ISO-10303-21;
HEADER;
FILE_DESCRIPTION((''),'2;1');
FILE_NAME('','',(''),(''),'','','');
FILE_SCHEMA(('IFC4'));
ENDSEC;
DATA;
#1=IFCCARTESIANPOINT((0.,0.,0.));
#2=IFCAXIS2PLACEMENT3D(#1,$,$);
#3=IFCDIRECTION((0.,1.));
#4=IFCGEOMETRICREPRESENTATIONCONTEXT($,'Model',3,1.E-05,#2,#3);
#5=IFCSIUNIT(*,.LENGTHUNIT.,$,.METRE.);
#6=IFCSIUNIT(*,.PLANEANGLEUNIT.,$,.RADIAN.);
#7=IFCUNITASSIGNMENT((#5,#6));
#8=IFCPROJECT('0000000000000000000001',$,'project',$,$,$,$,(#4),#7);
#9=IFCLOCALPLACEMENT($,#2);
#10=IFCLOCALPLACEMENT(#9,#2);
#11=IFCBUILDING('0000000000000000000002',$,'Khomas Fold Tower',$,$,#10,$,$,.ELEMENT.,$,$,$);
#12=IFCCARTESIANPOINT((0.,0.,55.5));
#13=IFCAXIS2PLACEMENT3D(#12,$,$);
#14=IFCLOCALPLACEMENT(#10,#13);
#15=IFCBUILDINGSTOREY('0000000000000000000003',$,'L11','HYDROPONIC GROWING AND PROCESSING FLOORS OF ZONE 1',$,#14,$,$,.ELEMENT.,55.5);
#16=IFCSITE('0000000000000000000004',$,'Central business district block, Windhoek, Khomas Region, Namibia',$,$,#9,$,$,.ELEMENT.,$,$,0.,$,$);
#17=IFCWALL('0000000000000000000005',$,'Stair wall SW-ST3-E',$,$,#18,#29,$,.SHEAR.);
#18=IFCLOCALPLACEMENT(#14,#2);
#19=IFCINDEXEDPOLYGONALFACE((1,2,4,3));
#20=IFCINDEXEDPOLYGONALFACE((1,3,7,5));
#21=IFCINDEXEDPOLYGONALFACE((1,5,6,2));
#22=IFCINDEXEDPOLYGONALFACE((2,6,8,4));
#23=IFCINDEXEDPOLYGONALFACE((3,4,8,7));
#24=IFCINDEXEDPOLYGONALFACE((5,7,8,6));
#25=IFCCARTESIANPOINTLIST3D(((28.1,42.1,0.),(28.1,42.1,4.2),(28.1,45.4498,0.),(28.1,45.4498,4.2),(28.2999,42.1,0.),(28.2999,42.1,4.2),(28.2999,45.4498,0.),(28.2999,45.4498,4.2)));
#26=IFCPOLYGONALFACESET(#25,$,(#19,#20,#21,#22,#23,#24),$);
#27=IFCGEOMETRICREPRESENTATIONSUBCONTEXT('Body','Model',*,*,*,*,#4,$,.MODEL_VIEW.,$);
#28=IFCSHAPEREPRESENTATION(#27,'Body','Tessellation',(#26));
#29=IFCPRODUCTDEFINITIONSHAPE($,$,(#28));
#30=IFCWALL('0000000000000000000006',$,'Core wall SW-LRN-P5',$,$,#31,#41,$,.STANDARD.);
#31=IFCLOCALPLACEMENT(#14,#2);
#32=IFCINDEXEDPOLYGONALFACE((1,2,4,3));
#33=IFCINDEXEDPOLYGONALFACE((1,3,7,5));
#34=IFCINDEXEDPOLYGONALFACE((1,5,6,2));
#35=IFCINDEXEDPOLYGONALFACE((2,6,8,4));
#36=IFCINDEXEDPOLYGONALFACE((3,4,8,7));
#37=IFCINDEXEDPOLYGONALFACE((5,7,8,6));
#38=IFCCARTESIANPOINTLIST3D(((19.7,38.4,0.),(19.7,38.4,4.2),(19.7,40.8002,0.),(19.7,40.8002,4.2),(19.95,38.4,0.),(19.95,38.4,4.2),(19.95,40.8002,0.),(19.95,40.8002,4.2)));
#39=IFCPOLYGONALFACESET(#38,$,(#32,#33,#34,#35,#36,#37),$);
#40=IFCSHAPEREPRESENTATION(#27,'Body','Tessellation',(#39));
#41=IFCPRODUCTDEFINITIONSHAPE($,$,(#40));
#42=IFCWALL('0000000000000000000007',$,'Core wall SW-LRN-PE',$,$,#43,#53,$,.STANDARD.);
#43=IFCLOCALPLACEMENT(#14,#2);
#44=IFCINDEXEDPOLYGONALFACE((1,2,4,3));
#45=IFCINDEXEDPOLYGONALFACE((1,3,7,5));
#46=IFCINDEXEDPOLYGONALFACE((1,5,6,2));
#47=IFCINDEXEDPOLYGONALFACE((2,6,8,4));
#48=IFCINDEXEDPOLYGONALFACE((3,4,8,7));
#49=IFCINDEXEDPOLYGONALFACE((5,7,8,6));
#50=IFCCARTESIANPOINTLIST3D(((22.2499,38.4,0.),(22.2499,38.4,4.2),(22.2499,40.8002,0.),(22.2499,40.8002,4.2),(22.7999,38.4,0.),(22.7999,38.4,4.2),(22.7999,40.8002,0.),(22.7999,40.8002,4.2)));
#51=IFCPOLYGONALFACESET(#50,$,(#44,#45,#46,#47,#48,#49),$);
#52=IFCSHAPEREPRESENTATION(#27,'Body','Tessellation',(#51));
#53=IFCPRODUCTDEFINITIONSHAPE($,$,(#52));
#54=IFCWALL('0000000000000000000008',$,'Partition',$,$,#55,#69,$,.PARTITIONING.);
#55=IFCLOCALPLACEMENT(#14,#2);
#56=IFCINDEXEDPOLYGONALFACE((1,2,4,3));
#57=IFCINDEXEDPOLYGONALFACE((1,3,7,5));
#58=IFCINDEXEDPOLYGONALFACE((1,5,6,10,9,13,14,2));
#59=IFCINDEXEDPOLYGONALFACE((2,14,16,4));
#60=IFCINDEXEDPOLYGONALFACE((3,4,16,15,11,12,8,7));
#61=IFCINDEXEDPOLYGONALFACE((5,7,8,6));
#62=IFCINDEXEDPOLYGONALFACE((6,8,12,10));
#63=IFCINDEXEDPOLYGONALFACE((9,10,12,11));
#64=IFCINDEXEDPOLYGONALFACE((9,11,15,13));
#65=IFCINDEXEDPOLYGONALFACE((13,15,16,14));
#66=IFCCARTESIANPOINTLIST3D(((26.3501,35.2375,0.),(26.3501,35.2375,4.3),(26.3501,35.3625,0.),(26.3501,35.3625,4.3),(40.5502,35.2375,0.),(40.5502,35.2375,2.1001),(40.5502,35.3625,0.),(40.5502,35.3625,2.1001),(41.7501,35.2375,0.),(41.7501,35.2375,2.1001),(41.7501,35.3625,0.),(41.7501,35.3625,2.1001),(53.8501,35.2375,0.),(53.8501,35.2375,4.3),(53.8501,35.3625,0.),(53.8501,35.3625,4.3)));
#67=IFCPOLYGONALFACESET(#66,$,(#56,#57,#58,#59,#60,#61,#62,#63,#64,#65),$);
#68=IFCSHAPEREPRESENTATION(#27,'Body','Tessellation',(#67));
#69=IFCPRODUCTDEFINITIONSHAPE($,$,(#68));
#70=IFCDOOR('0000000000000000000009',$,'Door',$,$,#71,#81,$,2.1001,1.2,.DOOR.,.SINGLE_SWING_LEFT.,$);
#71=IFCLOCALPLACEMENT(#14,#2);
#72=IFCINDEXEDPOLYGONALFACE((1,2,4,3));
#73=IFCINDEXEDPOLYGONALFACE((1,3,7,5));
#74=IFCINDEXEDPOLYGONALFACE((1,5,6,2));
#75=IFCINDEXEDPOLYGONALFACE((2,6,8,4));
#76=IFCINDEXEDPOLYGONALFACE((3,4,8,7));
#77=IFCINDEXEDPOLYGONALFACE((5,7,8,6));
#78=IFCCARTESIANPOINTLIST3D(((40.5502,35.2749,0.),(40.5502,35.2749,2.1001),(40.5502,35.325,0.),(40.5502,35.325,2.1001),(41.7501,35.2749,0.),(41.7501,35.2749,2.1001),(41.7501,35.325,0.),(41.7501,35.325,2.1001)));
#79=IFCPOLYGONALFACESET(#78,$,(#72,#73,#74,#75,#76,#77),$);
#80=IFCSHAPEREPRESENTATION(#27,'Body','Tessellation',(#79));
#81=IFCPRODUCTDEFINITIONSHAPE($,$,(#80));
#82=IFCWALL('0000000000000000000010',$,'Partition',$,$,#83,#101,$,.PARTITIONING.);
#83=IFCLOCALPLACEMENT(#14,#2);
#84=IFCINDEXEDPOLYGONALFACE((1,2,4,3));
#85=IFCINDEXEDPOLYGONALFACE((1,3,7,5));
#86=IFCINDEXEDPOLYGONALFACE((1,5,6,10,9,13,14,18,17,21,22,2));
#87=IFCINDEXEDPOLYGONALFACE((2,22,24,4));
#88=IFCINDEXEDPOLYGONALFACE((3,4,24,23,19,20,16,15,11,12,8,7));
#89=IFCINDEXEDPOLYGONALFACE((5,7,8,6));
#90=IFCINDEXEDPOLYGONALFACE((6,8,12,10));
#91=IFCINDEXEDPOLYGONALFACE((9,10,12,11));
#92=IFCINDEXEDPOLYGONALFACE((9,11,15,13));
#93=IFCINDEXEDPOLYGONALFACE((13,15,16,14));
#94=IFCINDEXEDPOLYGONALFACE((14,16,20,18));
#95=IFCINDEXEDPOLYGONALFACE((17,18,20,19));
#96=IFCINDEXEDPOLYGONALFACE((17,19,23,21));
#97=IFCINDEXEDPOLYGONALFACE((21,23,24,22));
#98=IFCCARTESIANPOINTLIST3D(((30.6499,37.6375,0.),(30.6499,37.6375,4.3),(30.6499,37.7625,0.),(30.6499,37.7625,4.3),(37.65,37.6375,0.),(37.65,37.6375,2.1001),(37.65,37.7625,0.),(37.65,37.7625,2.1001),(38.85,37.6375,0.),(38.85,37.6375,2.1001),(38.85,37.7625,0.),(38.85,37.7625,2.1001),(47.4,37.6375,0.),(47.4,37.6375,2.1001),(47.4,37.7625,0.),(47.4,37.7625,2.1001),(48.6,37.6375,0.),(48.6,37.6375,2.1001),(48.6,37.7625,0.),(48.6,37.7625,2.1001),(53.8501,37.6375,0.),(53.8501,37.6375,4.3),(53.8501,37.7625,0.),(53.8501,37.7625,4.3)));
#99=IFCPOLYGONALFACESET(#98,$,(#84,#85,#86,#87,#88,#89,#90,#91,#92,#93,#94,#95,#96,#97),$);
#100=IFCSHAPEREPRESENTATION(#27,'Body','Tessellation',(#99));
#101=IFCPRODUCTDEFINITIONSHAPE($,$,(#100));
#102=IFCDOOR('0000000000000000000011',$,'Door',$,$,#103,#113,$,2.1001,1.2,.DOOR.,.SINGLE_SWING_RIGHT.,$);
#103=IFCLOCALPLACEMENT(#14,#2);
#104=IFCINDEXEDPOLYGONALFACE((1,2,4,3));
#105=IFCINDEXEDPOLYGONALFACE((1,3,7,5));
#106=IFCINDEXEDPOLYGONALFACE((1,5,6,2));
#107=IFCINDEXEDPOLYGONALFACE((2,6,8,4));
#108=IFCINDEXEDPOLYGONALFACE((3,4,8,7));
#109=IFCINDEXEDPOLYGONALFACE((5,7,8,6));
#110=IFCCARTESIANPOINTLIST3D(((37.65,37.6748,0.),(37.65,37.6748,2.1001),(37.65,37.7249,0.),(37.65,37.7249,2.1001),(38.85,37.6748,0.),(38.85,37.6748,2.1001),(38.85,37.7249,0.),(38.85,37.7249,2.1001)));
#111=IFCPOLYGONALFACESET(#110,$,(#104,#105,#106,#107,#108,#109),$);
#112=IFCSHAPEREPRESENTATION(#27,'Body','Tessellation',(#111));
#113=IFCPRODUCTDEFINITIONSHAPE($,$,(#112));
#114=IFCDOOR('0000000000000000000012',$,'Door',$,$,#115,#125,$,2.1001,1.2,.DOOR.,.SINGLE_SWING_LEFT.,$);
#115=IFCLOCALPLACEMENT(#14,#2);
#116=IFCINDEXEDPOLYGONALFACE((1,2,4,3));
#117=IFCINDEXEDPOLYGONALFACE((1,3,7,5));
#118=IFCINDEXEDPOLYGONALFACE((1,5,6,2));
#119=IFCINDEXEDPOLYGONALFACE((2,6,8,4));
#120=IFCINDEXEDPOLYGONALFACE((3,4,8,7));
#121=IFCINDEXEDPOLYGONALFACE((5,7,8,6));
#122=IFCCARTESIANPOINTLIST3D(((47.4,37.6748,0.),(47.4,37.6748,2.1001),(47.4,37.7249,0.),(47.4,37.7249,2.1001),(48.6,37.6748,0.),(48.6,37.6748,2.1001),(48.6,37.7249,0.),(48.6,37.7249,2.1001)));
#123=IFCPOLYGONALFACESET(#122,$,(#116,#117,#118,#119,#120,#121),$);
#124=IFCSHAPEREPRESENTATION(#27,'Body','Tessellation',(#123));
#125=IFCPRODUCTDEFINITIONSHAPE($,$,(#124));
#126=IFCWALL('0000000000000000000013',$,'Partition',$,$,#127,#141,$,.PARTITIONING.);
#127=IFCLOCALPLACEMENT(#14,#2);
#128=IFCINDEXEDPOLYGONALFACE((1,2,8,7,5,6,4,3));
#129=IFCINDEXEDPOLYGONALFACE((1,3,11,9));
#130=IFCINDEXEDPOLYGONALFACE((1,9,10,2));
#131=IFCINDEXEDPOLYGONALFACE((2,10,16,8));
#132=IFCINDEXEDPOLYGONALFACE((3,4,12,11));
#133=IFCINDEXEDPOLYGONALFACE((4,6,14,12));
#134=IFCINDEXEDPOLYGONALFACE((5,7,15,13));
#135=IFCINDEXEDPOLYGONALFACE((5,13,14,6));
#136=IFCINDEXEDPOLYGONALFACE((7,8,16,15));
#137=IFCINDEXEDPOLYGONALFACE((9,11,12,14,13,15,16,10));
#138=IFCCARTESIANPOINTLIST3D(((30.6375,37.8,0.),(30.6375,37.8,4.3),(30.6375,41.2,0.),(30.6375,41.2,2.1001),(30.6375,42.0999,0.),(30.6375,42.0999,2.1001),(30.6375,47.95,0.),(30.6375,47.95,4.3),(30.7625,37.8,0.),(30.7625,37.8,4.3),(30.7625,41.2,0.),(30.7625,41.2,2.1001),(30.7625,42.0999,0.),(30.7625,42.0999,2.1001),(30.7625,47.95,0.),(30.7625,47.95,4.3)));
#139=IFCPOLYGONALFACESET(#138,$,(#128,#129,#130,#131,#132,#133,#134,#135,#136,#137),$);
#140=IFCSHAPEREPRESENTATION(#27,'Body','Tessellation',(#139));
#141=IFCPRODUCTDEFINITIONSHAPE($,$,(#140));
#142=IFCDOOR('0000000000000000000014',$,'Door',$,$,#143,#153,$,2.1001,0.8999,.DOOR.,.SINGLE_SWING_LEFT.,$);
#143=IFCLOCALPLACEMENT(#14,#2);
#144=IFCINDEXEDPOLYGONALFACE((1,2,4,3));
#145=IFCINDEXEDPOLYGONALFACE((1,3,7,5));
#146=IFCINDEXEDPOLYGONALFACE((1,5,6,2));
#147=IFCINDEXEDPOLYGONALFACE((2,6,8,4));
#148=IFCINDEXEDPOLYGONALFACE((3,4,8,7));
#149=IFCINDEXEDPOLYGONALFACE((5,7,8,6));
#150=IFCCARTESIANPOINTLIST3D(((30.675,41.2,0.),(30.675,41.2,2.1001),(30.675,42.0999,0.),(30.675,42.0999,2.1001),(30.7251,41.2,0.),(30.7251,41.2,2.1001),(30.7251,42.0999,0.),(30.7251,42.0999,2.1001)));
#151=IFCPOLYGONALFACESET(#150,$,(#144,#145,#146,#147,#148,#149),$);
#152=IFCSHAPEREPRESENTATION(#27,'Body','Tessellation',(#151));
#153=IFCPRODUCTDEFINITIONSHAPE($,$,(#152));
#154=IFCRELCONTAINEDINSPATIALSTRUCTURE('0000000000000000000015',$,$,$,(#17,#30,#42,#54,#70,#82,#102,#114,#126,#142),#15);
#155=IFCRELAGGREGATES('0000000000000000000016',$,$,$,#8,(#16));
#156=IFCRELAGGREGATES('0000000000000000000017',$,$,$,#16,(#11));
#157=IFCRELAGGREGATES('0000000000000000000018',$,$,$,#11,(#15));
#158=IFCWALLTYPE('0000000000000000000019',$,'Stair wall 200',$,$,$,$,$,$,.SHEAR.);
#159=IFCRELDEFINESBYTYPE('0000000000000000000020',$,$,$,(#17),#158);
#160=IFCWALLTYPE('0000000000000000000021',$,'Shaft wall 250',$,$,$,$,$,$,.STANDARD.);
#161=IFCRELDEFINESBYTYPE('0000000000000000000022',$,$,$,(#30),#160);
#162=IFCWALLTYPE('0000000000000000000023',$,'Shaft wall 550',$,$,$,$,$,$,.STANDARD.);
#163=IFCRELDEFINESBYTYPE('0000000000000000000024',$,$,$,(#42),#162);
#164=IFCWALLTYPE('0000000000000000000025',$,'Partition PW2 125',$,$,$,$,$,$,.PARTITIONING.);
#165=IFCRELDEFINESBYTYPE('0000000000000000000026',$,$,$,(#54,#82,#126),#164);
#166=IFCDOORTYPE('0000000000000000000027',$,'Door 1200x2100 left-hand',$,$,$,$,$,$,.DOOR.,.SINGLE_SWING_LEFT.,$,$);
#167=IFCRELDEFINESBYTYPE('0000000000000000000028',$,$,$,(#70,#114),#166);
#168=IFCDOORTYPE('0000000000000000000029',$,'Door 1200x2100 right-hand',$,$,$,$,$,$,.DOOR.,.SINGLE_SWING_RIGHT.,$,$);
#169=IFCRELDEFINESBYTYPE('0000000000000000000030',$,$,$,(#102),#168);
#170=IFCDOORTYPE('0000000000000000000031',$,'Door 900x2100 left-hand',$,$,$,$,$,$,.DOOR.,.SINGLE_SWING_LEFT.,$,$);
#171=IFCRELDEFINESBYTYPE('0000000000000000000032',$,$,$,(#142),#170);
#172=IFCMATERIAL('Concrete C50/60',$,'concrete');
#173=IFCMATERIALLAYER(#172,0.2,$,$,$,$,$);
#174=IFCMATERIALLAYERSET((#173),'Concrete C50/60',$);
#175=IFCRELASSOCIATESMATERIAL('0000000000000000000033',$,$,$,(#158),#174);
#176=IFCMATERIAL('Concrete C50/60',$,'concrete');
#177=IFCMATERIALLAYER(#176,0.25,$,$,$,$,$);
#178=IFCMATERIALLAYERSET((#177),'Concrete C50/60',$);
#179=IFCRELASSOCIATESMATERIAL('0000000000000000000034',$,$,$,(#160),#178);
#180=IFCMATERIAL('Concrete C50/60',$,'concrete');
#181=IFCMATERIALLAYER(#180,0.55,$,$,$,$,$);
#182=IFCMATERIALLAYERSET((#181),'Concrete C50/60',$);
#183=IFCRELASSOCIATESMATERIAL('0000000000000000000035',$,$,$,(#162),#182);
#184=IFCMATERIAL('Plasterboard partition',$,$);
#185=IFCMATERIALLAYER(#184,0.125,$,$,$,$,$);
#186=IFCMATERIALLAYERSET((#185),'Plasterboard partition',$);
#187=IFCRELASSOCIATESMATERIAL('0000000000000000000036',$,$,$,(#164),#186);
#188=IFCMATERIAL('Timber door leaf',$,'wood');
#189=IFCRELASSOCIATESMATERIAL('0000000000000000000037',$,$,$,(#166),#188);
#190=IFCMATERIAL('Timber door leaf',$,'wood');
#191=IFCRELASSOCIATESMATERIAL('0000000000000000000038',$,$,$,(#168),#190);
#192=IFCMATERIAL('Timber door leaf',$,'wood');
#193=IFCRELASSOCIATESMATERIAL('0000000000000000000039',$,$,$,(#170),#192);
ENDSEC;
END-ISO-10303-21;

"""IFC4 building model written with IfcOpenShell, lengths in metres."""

from ifc_helpers import new_model, si_unit, direction, frame, frame_2d, origin, place, context, subcontext, project, spatial, rectangle, extrude, source, transform, mapped, material, layer, layer_set, type_object, element, fill, save


model = new_model("IFC4")

# Units and contexts
model_context = context("Model", 3, precision=1e-05, world=origin(), true_north=direction((0.0, 1.0)))
body_context = subcontext(model_context, "Body", "Model", "MODEL_VIEW")
ifc_project = project(units=[si_unit("LENGTHUNIT", "METRE"), si_unit("PLANEANGLEUNIT", "RADIAN")], contexts=[model_context])

# Site, building, storey
site_placement = place(None, origin())
site = spatial("IfcSite", under=ifc_project, at=site_placement, Name="Central business district block, Windhoek, Khomas Region, Namibia", CompositionType="ELEMENT", RefElevation=0.0)
building_placement = place(site_placement, origin())
building = spatial("IfcBuilding", under=site, at=building_placement, Name="Khomas Fold Tower", CompositionType="ELEMENT")
storey_placement = place(building_placement, frame((0.0, 0.0, 55.5)))
storey = spatial("IfcBuildingStorey", under=building, at=storey_placement, Name="L11", Description="HYDROPONIC GROWING AND PROCESSING FLOORS OF ZONE 1", CompositionType="ELEMENT", Elevation=55.5)

# Shared definitions
ifc_material_1 = material(Name="Concrete C50/60", Category="concrete")
ifc_layer_1 = layer(ifc_material_1, 0.2)
ifc_layer_set_1 = layer_set([ifc_layer_1], Name="Concrete C50/60")
wall_type_1 = type_object("IfcWallType", Name="Stair wall 200", PredefinedType="SHEAR", material=ifc_layer_set_1)
shared_shape_1 = source(origin(), body_context, "Body", "SweptSolid", [
    extrude(rectangle(XDim=1.2, YDim=2.1001, at=frame_2d((0.6001, 1.05))), frame((0.0, 0.0249, 0.0), z_axis=(0.0, -1.0, 0.0), x_axis=(1.0, 0.0, 0.0)), (0.0, 0.0, 1.0), 0.05),
])

# Walls
shared_shape_2 = source(origin(), body_context, "Body", "SweptSolid", [
    extrude(rectangle(XDim=3.3499, YDim=0.2, at=frame_2d((1.6748, 0.0))), origin(), (0.0, 0.0, 1.0), 4.2),
])
wall_1_placement = place(storey_placement, frame((28.2, 42.1001, 0.0), z_axis=(0.0, 0.0, 1.0), x_axis=(0.0, 1.0, 0.0)))
element("IfcWall", 1, at=wall_1_placement, inside=storey, type_object=wall_type_1, Name="Stair wall SW-ST3-E", PredefinedType="SHEAR", context=body_context, shape_type="MappedRepresentation", body=[
    mapped(shared_shape_2, transform((0.0, 0.0, 0.0))),
])
ifc_material_2 = material(Name="Concrete C50/60", Category="concrete")
ifc_layer_2 = layer(ifc_material_2, 0.25)
ifc_layer_set_2 = layer_set([ifc_layer_2], Name="Concrete C50/60")
wall_type_2 = type_object("IfcWallType", Name="Shaft wall 250", PredefinedType="STANDARD", material=ifc_layer_set_2)
shared_shape_3 = source(origin(), body_context, "Body", "SweptSolid", [
    extrude(rectangle(XDim=2.4001, YDim=0.25, at=frame_2d((1.2002, 0.0))), origin(), (0.0, 0.0, 1.0), 4.2),
])
wall_2_placement = place(storey_placement, frame((19.825, 38.3999, 0.0), z_axis=(0.0, 0.0, 1.0), x_axis=(0.0, 1.0, 0.0)))
element("IfcWall", 2, at=wall_2_placement, inside=storey, type_object=wall_type_2, Name="Core wall SW-LRN-P5", PredefinedType="STANDARD", context=body_context, shape_type="MappedRepresentation", body=[
    mapped(shared_shape_3, transform((0.0, 0.0, 0.0))),
])
ifc_material_3 = material(Name="Concrete C50/60", Category="concrete")
ifc_layer_3 = layer(ifc_material_3, 0.55)
ifc_layer_set_3 = layer_set([ifc_layer_3], Name="Concrete C50/60")
wall_type_3 = type_object("IfcWallType", Name="Shaft wall 550", PredefinedType="STANDARD", material=ifc_layer_set_3)
shared_shape_4 = source(origin(), body_context, "Body", "SweptSolid", [
    extrude(rectangle(XDim=2.4001, YDim=0.55, at=frame_2d((1.2002, 0.0))), origin(), (0.0, 0.0, 1.0), 4.2),
])
wall_3_placement = place(storey_placement, frame((22.5249, 38.3999, 0.0), z_axis=(0.0, 0.0, 1.0), x_axis=(0.0, 1.0, 0.0)))
element("IfcWall", 3, at=wall_3_placement, inside=storey, type_object=wall_type_3, Name="Core wall SW-LRN-PE", PredefinedType="STANDARD", context=body_context, shape_type="MappedRepresentation", body=[
    mapped(shared_shape_4, transform((0.0, 0.0, 0.0))),
])

# Wall, opening, door
ifc_material_4 = material(Name="Plasterboard partition")
ifc_layer_4 = layer(ifc_material_4, 0.125)
ifc_layer_set_4 = layer_set([ifc_layer_4], Name="Plasterboard partition")
wall_type_4 = type_object("IfcWallType", Name="Partition PW2 125", PredefinedType="PARTITIONING", material=ifc_layer_set_4)
shared_shape_5 = source(origin(), body_context, "Body", "SweptSolid", [
    extrude(rectangle(XDim=27.5, YDim=0.125, at=frame_2d((13.75, 0.0))), origin(), (0.0, 0.0, 1.0), 4.3),
])
wall_4_placement = place(storey_placement, frame((26.3501, 35.3, 0.0), z_axis=(0.0, 0.0, 1.0), x_axis=(1.0, 0.0, 0.0)))
wall_4 = element("IfcWall", 4, at=wall_4_placement, inside=storey, type_object=wall_type_4, Name="Partition", PredefinedType="PARTITIONING", context=body_context, shape_type="MappedRepresentation", body=[
    mapped(shared_shape_5, transform((0.0, 0.0, 0.0))),
])
shared_shape_6 = source(origin(), body_context, "Body", "SweptSolid", [
    extrude(rectangle(XDim=1.2, YDim=2.1001, at=frame_2d((0.6001, 1.05))), frame((0.0, 0.0725, 0.0), z_axis=(0.0, -1.0, 0.0), x_axis=(1.0, 0.0, 0.0)), (0.0, 0.0, 1.0), 0.145),
])
opening_1_placement = place(wall_4_placement, frame((14.2, 0.0, 0.0)))
opening_1 = element("IfcOpeningElement", 5, at=opening_1_placement, cuts=wall_4, PredefinedType="OPENING", context=body_context, shape_type="MappedRepresentation", body=[
    mapped(shared_shape_6, transform((0.0, 0.0, 0.0))),
])
ifc_material_5 = material(Name="Timber door leaf", Category="wood")
door_type_1 = type_object("IfcDoorType", Name="Door 1200x2100 left-hand", OperationType="SINGLE_SWING_LEFT", PredefinedType="DOOR", material=ifc_material_5)
door_1_placement = place(opening_1_placement, origin())
door_1 = element("IfcDoor", 6, at=door_1_placement, inside=storey, type_object=door_type_1, Name="Door", OperationType="SINGLE_SWING_LEFT", OverallHeight=2.1001, OverallWidth=1.2, PredefinedType="DOOR", context=body_context, shape_type="MappedRepresentation", body=[
    mapped(shared_shape_1, transform((0.0, 0.0, 0.0))),
])
fill(opening_1, door_1)

# Wall, openings, doors
shared_shape_7 = source(origin(), body_context, "Body", "SweptSolid", [
    extrude(rectangle(XDim=23.2002, YDim=0.125, at=frame_2d((11.6001, 0.0))), origin(), (0.0, 0.0, 1.0), 4.3),
])
wall_5_placement = place(storey_placement, frame((30.6499, 37.7, 0.0), z_axis=(0.0, 0.0, 1.0), x_axis=(1.0, 0.0, 0.0)))
wall_5 = element("IfcWall", 7, at=wall_5_placement, inside=storey, type_object=wall_type_4, Name="Partition", PredefinedType="PARTITIONING", context=body_context, shape_type="MappedRepresentation", body=[
    mapped(shared_shape_7, transform((0.0, 0.0, 0.0))),
])
opening_2_placement = place(wall_5_placement, frame((7.0, 0.0, 0.0)))
opening_2 = element("IfcOpeningElement", 8, at=opening_2_placement, cuts=wall_5, PredefinedType="OPENING", context=body_context, shape_type="MappedRepresentation", body=[
    mapped(shared_shape_6, transform((0.0, 0.0, 0.0))),
])
opening_3_placement = place(wall_5_placement, frame((16.75, 0.0, 0.0)))
opening_3 = element("IfcOpeningElement", 9, at=opening_3_placement, cuts=wall_5, PredefinedType="OPENING", context=body_context, shape_type="MappedRepresentation", body=[
    mapped(shared_shape_6, transform((0.0, 0.0, 0.0))),
])
ifc_material_6 = material(Name="Timber door leaf", Category="wood")
door_type_2 = type_object("IfcDoorType", Name="Door 1200x2100 right-hand", OperationType="SINGLE_SWING_RIGHT", PredefinedType="DOOR", material=ifc_material_6)
door_2_placement = place(opening_2_placement, origin())
door_2 = element("IfcDoor", 10, at=door_2_placement, inside=storey, type_object=door_type_2, Name="Door", OperationType="SINGLE_SWING_RIGHT", OverallHeight=2.1001, OverallWidth=1.2, PredefinedType="DOOR", context=body_context, shape_type="MappedRepresentation", body=[
    mapped(shared_shape_1, transform((0.0, 0.0, 0.0))),
])
fill(opening_2, door_2)
door_3_placement = place(opening_3_placement, origin())
door_3 = element("IfcDoor", 11, at=door_3_placement, inside=storey, type_object=door_type_1, Name="Door", OperationType="SINGLE_SWING_LEFT", OverallHeight=2.1001, OverallWidth=1.2, PredefinedType="DOOR", context=body_context, shape_type="MappedRepresentation", body=[
    mapped(shared_shape_1, transform((0.0, 0.0, 0.0))),
])
fill(opening_3, door_3)

# Wall, opening, door
shared_shape_8 = source(origin(), body_context, "Body", "SweptSolid", [
    extrude(rectangle(XDim=10.1499, YDim=0.125, at=frame_2d((5.075, 0.0))), origin(), (0.0, 0.0, 1.0), 4.3),
])
wall_6_placement = place(storey_placement, frame((30.7, 37.8, 0.0), z_axis=(0.0, 0.0, 1.0), x_axis=(0.0, 1.0, 0.0)))
wall_6 = element("IfcWall", 12, at=wall_6_placement, inside=storey, type_object=wall_type_4, Name="Partition", PredefinedType="PARTITIONING", context=body_context, shape_type="MappedRepresentation", body=[
    mapped(shared_shape_8, transform((0.0, 0.0, 0.0))),
])
shared_shape_9 = source(origin(), body_context, "Body", "SweptSolid", [
    extrude(rectangle(XDim=0.8999, YDim=2.1001, at=frame_2d((0.45, 1.05))), frame((0.0, 0.0725, 0.0), z_axis=(0.0, -1.0, 0.0), x_axis=(1.0, 0.0, 0.0)), (0.0, 0.0, 1.0), 0.145),
])
opening_4_placement = place(wall_6_placement, frame((3.3999, 0.0, 0.0)))
opening_4 = element("IfcOpeningElement", 13, at=opening_4_placement, cuts=wall_6, PredefinedType="OPENING", context=body_context, shape_type="MappedRepresentation", body=[
    mapped(shared_shape_9, transform((0.0, 0.0, 0.0))),
])
ifc_material_7 = material(Name="Timber door leaf", Category="wood")
door_type_3 = type_object("IfcDoorType", Name="Door 900x2100 left-hand", OperationType="SINGLE_SWING_LEFT", PredefinedType="DOOR", material=ifc_material_7)
shared_shape_10 = source(origin(), body_context, "Body", "SweptSolid", [
    extrude(rectangle(XDim=0.8999, YDim=2.1001, at=frame_2d((0.45, 1.05))), frame((0.0, 0.0249, 0.0), z_axis=(0.0, -1.0, 0.0), x_axis=(1.0, 0.0, 0.0)), (0.0, 0.0, 1.0), 0.05),
])
door_4_placement = place(opening_4_placement, origin())
door_4 = element("IfcDoor", 14, at=door_4_placement, inside=storey, type_object=door_type_3, Name="Door", OperationType="SINGLE_SWING_LEFT", OverallHeight=2.1001, OverallWidth=0.8999, PredefinedType="DOOR", context=body_context, shape_type="MappedRepresentation", body=[
    mapped(shared_shape_10, transform((0.0, 0.0, 0.0))),
])
fill(opening_4, door_4)

save(model, "model.ifc")
